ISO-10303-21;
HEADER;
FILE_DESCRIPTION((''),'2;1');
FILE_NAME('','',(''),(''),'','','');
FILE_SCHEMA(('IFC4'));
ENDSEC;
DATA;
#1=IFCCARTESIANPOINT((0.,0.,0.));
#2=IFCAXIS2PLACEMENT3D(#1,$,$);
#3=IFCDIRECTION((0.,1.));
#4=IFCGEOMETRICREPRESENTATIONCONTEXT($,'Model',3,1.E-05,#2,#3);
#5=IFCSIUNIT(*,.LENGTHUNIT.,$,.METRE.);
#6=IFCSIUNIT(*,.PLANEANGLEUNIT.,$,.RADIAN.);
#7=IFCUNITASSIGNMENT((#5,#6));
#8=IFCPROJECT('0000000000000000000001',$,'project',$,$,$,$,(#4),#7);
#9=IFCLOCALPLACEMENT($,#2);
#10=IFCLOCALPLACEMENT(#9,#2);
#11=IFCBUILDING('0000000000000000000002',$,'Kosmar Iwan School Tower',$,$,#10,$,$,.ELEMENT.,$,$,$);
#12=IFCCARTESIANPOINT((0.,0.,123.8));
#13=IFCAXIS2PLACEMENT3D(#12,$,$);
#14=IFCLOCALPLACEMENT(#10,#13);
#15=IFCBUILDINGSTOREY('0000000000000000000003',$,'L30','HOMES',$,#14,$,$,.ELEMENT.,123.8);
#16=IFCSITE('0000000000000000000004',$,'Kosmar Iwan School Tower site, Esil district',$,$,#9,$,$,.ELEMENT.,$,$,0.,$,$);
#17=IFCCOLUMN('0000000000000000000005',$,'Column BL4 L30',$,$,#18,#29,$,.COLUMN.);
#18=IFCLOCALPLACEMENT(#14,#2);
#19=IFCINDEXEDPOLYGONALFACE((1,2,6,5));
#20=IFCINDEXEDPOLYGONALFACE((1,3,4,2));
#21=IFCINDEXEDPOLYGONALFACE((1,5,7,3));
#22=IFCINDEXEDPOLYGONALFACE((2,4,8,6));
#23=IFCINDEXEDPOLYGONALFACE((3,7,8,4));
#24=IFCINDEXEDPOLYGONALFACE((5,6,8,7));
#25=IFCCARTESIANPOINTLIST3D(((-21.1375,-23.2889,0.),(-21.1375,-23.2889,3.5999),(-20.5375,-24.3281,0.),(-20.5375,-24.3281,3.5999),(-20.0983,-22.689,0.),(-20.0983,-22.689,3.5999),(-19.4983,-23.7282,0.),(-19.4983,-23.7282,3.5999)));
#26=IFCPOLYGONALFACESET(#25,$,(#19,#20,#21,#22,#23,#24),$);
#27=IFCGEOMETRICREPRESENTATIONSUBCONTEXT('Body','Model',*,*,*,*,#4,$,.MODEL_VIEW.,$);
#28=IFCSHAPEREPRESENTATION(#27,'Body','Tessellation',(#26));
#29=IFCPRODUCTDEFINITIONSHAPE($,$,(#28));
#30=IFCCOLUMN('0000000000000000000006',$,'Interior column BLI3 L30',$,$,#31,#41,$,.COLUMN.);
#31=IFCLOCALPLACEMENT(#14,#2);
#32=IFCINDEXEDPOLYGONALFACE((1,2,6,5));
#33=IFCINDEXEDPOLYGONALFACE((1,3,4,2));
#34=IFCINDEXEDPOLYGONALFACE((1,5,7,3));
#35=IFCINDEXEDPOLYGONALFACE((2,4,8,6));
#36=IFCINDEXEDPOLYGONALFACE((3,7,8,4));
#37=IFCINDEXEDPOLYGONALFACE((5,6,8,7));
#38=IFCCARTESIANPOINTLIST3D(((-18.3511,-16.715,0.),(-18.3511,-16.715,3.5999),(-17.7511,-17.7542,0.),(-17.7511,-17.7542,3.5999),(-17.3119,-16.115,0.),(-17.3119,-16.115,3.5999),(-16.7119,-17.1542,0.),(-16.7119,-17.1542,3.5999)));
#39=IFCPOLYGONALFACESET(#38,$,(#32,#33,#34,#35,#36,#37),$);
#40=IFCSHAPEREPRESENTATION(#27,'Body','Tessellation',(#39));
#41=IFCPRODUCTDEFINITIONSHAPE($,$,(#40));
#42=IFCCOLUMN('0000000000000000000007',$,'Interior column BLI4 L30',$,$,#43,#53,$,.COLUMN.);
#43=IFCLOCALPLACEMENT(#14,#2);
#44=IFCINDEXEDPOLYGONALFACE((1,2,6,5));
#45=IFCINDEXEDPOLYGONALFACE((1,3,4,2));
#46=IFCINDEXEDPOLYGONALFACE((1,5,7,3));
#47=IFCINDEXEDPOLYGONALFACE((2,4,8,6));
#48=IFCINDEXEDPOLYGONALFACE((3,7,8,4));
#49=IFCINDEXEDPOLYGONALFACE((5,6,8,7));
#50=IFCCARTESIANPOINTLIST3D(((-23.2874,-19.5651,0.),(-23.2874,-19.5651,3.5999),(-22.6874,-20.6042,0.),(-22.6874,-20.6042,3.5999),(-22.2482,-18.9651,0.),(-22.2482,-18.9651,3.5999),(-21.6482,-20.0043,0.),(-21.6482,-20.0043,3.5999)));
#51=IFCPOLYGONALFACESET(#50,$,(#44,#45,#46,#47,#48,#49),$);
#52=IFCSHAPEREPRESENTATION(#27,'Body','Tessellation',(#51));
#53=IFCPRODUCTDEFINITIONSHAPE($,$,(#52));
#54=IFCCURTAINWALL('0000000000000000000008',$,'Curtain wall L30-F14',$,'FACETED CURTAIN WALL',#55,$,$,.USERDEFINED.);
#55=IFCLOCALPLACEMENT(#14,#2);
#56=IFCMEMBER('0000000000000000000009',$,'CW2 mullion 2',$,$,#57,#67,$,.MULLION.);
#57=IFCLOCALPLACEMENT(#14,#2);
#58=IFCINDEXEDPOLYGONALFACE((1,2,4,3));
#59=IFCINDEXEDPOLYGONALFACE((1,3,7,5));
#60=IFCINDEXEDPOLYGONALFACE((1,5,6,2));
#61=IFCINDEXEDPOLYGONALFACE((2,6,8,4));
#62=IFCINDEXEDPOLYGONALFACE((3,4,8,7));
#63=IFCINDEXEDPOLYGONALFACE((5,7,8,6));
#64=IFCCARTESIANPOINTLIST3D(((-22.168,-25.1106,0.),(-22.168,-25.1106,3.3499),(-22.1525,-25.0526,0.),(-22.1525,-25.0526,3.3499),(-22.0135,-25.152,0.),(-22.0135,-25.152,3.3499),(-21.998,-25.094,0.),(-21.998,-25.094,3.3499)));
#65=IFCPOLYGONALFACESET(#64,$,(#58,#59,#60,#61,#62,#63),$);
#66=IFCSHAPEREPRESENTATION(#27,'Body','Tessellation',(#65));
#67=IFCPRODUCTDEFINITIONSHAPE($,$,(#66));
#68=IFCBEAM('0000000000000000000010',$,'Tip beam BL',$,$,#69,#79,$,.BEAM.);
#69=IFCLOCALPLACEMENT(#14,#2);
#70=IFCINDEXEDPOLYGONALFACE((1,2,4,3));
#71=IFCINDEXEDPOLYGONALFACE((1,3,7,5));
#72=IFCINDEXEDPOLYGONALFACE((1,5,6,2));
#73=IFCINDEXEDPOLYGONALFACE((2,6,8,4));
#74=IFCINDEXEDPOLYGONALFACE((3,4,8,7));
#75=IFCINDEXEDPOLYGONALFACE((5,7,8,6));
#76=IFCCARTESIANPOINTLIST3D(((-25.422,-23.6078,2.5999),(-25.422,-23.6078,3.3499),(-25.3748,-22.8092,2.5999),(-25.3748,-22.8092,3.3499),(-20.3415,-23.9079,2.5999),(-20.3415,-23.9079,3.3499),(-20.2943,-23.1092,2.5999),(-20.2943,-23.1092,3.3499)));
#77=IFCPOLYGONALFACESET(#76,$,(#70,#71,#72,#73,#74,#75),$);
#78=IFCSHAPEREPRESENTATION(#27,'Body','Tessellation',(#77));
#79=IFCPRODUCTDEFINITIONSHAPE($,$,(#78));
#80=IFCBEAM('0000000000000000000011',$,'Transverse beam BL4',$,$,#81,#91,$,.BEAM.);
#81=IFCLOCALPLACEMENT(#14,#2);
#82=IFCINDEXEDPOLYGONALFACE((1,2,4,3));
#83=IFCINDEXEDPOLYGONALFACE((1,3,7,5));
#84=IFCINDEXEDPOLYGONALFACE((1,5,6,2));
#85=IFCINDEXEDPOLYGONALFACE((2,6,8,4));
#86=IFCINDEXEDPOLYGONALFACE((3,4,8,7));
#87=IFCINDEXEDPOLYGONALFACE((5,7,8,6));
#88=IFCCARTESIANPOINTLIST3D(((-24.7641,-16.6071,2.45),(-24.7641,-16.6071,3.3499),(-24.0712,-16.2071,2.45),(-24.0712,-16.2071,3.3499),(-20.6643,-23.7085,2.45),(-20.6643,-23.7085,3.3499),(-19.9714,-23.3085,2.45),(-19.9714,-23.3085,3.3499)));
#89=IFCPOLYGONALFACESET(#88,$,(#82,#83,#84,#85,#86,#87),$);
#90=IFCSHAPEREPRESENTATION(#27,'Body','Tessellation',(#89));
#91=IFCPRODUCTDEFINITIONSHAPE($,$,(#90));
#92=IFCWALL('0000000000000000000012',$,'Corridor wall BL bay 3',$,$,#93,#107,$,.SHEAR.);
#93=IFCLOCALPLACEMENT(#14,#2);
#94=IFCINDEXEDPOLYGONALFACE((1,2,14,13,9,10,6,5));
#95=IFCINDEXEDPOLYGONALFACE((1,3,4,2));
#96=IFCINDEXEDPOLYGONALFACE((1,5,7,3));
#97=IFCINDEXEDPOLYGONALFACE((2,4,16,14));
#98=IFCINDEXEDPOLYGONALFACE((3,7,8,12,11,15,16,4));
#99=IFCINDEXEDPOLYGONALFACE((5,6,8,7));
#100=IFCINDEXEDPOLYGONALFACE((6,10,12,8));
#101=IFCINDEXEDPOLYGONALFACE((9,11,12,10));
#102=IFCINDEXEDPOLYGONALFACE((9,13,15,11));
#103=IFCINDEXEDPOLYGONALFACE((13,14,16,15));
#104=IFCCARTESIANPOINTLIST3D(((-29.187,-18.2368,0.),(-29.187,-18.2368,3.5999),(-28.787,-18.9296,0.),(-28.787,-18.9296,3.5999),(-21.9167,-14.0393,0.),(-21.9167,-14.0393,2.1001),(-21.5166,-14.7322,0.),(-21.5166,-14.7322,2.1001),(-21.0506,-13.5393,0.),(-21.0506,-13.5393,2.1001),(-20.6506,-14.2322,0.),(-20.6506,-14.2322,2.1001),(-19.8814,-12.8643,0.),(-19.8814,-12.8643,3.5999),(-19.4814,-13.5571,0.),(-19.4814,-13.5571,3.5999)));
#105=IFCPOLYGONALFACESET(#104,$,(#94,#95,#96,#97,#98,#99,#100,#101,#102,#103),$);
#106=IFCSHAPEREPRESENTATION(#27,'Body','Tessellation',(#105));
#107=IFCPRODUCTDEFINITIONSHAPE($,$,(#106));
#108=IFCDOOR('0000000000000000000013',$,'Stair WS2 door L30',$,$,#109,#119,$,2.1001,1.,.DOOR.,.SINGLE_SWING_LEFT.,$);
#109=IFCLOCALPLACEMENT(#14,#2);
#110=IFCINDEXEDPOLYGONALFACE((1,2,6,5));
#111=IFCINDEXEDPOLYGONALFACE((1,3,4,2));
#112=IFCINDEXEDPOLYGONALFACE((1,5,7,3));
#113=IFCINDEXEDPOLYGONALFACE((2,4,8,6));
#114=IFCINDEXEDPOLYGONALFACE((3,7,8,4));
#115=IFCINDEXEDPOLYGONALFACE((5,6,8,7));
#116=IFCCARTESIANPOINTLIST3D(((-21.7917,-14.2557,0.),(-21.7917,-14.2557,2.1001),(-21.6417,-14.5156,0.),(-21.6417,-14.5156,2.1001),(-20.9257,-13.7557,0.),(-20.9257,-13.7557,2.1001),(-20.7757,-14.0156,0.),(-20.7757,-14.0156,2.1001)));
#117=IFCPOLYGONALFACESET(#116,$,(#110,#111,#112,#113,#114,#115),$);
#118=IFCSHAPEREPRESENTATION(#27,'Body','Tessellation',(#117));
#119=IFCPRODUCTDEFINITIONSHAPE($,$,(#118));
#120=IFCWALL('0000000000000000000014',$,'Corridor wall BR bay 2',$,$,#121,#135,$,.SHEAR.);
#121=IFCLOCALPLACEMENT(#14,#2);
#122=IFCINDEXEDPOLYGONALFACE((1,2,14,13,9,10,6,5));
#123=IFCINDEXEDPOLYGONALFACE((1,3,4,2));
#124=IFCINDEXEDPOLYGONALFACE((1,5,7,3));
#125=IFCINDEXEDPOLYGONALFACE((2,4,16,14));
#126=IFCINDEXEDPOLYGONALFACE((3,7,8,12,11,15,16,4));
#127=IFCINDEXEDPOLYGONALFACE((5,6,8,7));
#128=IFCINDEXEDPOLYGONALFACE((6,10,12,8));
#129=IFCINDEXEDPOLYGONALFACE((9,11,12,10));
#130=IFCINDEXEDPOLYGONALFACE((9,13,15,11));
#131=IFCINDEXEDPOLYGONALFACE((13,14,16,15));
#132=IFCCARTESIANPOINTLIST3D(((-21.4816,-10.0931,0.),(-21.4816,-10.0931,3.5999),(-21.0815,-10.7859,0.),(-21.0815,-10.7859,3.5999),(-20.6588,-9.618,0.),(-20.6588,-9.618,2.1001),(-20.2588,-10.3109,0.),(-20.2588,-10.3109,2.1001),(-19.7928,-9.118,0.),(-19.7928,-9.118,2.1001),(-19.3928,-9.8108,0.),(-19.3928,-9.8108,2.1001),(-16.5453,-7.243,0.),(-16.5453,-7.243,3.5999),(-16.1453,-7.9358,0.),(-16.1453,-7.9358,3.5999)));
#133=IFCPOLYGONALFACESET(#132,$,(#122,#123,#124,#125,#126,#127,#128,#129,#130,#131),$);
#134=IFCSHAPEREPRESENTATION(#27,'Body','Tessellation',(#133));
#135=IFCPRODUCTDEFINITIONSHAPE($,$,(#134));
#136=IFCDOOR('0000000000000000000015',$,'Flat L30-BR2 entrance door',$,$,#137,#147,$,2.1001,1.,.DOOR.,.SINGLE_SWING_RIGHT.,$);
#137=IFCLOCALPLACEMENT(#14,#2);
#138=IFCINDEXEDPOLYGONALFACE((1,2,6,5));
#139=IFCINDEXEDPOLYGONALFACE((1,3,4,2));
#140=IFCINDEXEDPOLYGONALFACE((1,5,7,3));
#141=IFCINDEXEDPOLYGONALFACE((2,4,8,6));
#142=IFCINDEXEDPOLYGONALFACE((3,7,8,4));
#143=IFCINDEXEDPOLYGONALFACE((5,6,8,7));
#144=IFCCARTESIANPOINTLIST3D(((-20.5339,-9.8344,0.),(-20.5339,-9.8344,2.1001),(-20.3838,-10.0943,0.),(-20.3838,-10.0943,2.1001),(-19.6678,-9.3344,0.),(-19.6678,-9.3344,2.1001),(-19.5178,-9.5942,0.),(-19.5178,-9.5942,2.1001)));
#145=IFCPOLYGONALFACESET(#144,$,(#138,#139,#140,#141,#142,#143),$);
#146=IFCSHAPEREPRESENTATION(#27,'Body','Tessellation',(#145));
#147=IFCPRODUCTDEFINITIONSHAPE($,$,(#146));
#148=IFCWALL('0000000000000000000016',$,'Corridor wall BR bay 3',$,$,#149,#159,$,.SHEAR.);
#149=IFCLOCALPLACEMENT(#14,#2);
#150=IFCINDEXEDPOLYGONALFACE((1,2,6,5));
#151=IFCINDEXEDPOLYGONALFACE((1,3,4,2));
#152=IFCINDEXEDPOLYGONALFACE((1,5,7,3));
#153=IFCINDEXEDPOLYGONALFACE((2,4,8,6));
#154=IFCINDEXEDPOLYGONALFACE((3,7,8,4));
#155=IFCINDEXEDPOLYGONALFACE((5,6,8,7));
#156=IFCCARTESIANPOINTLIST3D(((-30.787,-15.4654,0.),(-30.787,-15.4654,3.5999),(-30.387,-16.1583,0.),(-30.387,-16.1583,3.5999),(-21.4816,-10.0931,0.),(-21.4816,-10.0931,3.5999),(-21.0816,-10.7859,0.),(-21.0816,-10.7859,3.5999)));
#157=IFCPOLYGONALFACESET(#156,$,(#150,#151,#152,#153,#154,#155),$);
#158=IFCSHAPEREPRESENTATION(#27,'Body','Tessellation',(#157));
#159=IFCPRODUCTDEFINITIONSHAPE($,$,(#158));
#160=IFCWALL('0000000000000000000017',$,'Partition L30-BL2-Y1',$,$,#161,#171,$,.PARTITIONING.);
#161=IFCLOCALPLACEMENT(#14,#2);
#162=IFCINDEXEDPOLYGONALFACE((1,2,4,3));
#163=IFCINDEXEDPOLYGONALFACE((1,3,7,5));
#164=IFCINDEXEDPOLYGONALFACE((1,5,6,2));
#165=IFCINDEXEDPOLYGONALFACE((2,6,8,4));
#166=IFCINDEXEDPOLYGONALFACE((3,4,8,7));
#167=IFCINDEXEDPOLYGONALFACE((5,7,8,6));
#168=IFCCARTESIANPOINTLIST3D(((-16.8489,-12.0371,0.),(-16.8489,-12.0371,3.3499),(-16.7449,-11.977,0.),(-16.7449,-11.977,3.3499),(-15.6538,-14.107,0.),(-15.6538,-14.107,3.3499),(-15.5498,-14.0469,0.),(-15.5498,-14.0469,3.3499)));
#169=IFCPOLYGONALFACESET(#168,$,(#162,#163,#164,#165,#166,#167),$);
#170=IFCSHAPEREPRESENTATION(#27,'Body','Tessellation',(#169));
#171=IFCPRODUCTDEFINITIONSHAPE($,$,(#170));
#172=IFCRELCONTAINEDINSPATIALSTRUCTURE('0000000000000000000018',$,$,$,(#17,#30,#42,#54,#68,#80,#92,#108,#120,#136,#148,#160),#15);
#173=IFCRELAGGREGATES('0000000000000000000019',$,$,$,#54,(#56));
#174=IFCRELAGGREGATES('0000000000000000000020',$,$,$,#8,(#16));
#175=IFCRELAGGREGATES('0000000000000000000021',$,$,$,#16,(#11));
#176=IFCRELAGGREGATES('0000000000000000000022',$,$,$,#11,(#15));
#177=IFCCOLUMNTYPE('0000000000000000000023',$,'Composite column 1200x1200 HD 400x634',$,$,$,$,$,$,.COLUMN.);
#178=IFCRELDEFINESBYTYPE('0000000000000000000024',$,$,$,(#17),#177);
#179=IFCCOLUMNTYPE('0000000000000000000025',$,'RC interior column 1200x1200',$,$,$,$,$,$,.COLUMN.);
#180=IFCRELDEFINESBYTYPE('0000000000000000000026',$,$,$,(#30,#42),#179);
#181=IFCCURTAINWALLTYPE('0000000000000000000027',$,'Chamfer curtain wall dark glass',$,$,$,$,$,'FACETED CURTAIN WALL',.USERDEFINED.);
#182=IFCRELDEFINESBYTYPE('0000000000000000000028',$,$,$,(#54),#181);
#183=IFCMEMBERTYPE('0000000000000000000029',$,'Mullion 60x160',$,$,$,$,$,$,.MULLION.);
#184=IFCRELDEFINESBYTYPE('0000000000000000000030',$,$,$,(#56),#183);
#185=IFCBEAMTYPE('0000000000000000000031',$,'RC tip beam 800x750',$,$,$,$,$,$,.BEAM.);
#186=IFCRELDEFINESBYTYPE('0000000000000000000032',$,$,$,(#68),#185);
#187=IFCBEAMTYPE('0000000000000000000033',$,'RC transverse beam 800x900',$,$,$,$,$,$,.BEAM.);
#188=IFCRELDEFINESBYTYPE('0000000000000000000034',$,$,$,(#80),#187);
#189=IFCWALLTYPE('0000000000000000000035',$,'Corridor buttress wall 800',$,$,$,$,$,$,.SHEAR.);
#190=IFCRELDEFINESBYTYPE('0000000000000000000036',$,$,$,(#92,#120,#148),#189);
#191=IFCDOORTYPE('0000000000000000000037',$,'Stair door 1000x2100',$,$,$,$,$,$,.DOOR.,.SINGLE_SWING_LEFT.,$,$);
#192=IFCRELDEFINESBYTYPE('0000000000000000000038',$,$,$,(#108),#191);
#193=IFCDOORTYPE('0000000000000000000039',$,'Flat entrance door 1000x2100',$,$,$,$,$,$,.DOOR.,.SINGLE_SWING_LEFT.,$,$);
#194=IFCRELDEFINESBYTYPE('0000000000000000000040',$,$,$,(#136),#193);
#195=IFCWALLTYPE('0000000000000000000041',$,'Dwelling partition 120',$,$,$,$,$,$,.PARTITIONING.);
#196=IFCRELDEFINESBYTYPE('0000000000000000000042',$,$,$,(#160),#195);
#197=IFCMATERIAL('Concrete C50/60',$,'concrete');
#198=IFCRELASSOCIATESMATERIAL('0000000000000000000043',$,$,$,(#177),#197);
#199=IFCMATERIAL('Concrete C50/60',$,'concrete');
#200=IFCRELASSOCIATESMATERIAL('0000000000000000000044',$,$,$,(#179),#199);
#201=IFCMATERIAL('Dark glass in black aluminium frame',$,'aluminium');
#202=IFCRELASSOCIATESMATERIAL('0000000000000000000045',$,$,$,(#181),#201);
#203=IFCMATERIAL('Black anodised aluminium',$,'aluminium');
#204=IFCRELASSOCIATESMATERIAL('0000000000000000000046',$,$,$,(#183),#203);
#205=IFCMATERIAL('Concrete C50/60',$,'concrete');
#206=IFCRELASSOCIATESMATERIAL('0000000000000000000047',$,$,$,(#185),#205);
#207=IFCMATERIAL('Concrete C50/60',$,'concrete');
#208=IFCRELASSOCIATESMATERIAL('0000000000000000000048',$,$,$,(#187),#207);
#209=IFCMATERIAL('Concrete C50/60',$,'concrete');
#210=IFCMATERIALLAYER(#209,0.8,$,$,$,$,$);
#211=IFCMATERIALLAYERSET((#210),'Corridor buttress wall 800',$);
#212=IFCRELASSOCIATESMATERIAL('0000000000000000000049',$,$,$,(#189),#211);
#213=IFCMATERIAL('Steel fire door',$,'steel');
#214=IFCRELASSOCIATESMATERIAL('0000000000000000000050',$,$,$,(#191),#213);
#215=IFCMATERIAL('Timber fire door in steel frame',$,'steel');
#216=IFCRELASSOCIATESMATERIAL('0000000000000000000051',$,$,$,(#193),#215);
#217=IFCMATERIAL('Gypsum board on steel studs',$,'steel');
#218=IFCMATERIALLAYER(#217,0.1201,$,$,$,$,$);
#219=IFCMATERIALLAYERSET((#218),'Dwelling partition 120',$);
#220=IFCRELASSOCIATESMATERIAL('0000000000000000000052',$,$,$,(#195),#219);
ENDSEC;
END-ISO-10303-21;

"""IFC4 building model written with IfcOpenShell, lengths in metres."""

from ifc_helpers import new_model, si_unit, direction, frame, frame_2d, origin, origin_2d, place, context, subcontext, project, spatial, rectangle, extrude, material, layer, layer_set, material_profile, profile_set, type_object, element, fill, aggregate, save


model = new_model("IFC4")

# Units and contexts
model_context = context("Model", 3, precision=1e-05, world=origin(), true_north=direction((0.0, 1.0)))
body_context = subcontext(model_context, "Body", "Model", "MODEL_VIEW")
ifc_project = project(units=[si_unit("LENGTHUNIT", "METRE"), si_unit("PLANEANGLEUNIT", "RADIAN")], contexts=[model_context])

# Site, building, storey
site_placement = place(None, origin())
site = spatial("IfcSite", under=ifc_project, at=site_placement, Name="Kosmar Iwan School Tower site, Esil district", CompositionType="ELEMENT", RefElevation=0.0)
building_placement = place(site_placement, origin())
building = spatial("IfcBuilding", under=site, at=building_placement, Name="Kosmar Iwan School Tower", CompositionType="ELEMENT")
storey_placement = place(building_placement, frame((0.0, 0.0, 123.8)))
storey = spatial("IfcBuildingStorey", under=building, at=storey_placement, Name="L30", Description="HOMES", CompositionType="ELEMENT", Elevation=123.8)

# Columns
ifc_material_1 = material(Name="Concrete C50/60", Category="concrete")
ifc_material_profile_1 = material_profile(ifc_material_1, rectangle(XDim=1.2, YDim=1.2, at=origin_2d()), Name="RC 1200x1200 + HD 400x634")
ifc_profile_set_1 = profile_set([ifc_material_profile_1], Name="Concrete C50/60")
column_type_1 = type_object("IfcColumnType", Name="Composite column 1200x1200 HD 400x634", PredefinedType="COLUMN", material=ifc_profile_set_1)
column_placement = place(storey_placement, frame((-20.3179, -23.5085, 0.0), z_axis=(0.0, 0.0, 1.0), x_axis=(-0.866025, -0.5, 0.0)))
element("IfcColumn", 1, at=column_placement, inside=storey, type_object=column_type_1, Name="Column BL4 L30", PredefinedType="COLUMN", context=body_context, shape_type="SweptSolid", body=[
    extrude(rectangle(XDim=1.2, YDim=1.2, at=origin_2d()), origin(), (0.0, 0.0, 1.0), 3.5999),
])
ifc_material_2 = material(Name="Concrete C50/60", Category="concrete")
ifc_material_profile_2 = material_profile(ifc_material_2, rectangle(XDim=1.2, YDim=1.2, at=origin_2d()), Name="RC 1200x1200")
ifc_profile_set_2 = profile_set([ifc_material_profile_2], Name="Concrete C50/60")
column_type_2 = type_object("IfcColumnType", Name="RC interior column 1200x1200", PredefinedType="COLUMN", material=ifc_profile_set_2)
for number, where, z_axis, x_axis, name in (
    (2, (-17.5315, -16.9346, 0.0), (0.0, 0.0, 1.0), (-0.866025, -0.5, 0.0), "Interior column BLI3 L30"),
    (3, (-22.4678, -19.7847, 0.0), (0.0, 0.0, 1.0), (-0.866025, -0.5, 0.0), "Interior column BLI4 L30"),
):
    element("IfcColumn", number, at=place(storey_placement, frame(where, z_axis=z_axis, x_axis=x_axis)), inside=storey, type_object=column_type_2, Name=name, PredefinedType="COLUMN", context=body_context, shape_type="SweptSolid", body=[
        extrude(rectangle(XDim=1.2, YDim=1.2, at=origin_2d()), origin(), (0.0, 0.0, 1.0), 3.5999),
    ])

# Curtain wall, member
ifc_material_3 = material(Name="Dark glass in black aluminium frame", Category="aluminium")
curtain_wall_type = type_object("IfcCurtainWallType", Name="Chamfer curtain wall dark glass", ElementType="FACETED CURTAIN WALL", PredefinedType="USERDEFINED", material=ifc_material_3)
curtain_wall_placement = place(storey_placement, origin())
curtain_wall = element("IfcCurtainWall", 4, at=curtain_wall_placement, inside=storey, type_object=curtain_wall_type, Name="Curtain wall L30-F14", ObjectType="FACETED CURTAIN WALL", PredefinedType="USERDEFINED")
ifc_material_4 = material(Name="Black anodised aluminium", Category="aluminium")
ifc_material_profile_3 = material_profile(ifc_material_4, rectangle(XDim=0.0601, YDim=0.1599, at=origin_2d()), Name="MULLION 60x160")
ifc_profile_set_3 = profile_set([ifc_material_profile_3], Name="Black anodised aluminium")
member_type = type_object("IfcMemberType", Name="Mullion 60x160", PredefinedType="MULLION", material=ifc_profile_set_3)
member_placement = place(storey_placement, frame((-22.083, -25.1023, 0.0), z_axis=(0.0, 0.0, 1.0), x_axis=(0.258819, 0.965926, 0.0)))
member = element("IfcMember", 5, at=member_placement, type_object=member_type, Name="CW2 mullion 2", PredefinedType="MULLION", context=body_context, shape_type="SweptSolid", body=[
    extrude(rectangle(XDim=0.0601, YDim=0.1599, at=origin_2d()), origin(), (0.0, 0.0, 1.0), 3.3499),
])
aggregate(curtain_wall, [member])

# Beams
ifc_material_5 = material(Name="Concrete C50/60", Category="concrete")
ifc_material_profile_4 = material_profile(ifc_material_5, rectangle(XDim=0.8, YDim=0.75, at=origin_2d()), Name="RC 800x750")
ifc_profile_set_4 = profile_set([ifc_material_profile_4], Name="Concrete C50/60")
beam_type_1 = type_object("IfcBeamType", Name="RC tip beam 800x750", PredefinedType="BEAM", material=ifc_profile_set_4)
beam_1_placement = place(storey_placement, frame((-20.3179, -23.5085, 2.9749), z_axis=(-0.998261, 0.058955, 0.0), x_axis=(-0.058955, -0.998261, 0.0)))
element("IfcBeam", 6, at=beam_1_placement, inside=storey, type_object=beam_type_1, Name="Tip beam BL", PredefinedType="BEAM", context=body_context, shape_type="SweptSolid", body=[
    extrude(rectangle(XDim=0.8, YDim=0.75, at=origin_2d()), origin(), (0.0, 0.0, 1.0), 5.0894),
])
ifc_material_6 = material(Name="Concrete C50/60", Category="concrete")
ifc_material_profile_5 = material_profile(ifc_material_6, rectangle(XDim=0.8, YDim=0.8999, at=origin_2d()), Name="RC 800x900")
ifc_profile_set_5 = profile_set([ifc_material_profile_5], Name="Concrete C50/60")
beam_type_2 = type_object("IfcBeamType", Name="RC transverse beam 800x900", PredefinedType="BEAM", material=ifc_profile_set_5)
beam_2_placement = place(storey_placement, frame((-20.3179, -23.5085, 2.8999), z_axis=(-0.499978, 0.866038, 0.0), x_axis=(-0.866038, -0.499978, 0.0)))
element("IfcBeam", 7, at=beam_2_placement, inside=storey, type_object=beam_type_2, Name="Transverse beam BL4", PredefinedType="BEAM", context=body_context, shape_type="SweptSolid", body=[
    extrude(rectangle(XDim=0.8, YDim=0.8999, at=origin_2d()), origin(), (0.0, 0.0, 1.0), 8.2),
])

# Walls, openings, doors
ifc_material_7 = material(Name="Concrete C50/60", Category="concrete")
ifc_layer_1 = layer(ifc_material_7, 0.8)
ifc_layer_set_1 = layer_set([ifc_layer_1], Name="Corridor buttress wall 800")
wall_type_1 = type_object("IfcWallType", Name="Corridor buttress wall 800", PredefinedType="SHEAR", material=ifc_layer_set_1)
wall_1_placement = place(storey_placement, frame((-19.6814, -13.2107, 0.0), z_axis=(0.0, 0.0, 1.0), x_axis=(-0.866028, -0.499995, 0.0)))
wall_1 = element("IfcWall", 8, at=wall_1_placement, inside=storey, type_object=wall_type_1, Name="Corridor wall BL bay 3", PredefinedType="SHEAR", context=body_context, shape_type="SweptSolid", body=[
    extrude(rectangle(XDim=10.7451, YDim=0.8, at=frame_2d((5.3726, 0.0))), origin(), (0.0, 0.0, 1.0), 3.5999),
])
opening_1_placement = place(wall_1_placement, frame((1.3501, 0.0, 0.0)))
opening_1 = element("IfcOpeningElement", 9, at=opening_1_placement, cuts=wall_1, PredefinedType="OPENING", context=body_context, shape_type="SweptSolid", body=[
    extrude(rectangle(XDim=1.0, YDim=2.1001, at=frame_2d((0.5, 1.05))), frame((0.0, 0.4121, 0.0), z_axis=(0.0, -1.0, 0.0), x_axis=(1.0, 0.0, 0.0)), (0.0, 0.0, 1.0), 0.824),
])
ifc_material_8 = material(Name="Steel fire door", Category="steel")
door_type_1 = type_object("IfcDoorType", Name="Stair door 1000x2100", OperationType="SINGLE_SWING_LEFT", PredefinedType="DOOR", material=ifc_material_8)
door_1_placement = place(opening_1_placement, origin())
door_1 = element("IfcDoor", 10, at=door_1_placement, inside=storey, type_object=door_type_1, Name="Stair WS2 door L30", OperationType="SINGLE_SWING_LEFT", OverallHeight=2.1001, OverallWidth=1.0, PredefinedType="DOOR", context=body_context, shape_type="SweptSolid", body=[
    extrude(rectangle(XDim=1.0, YDim=2.1001, at=frame_2d((0.5, 1.05))), frame((0.0, 0.1499, 0.0), z_axis=(0.0, -1.0, 0.0), x_axis=(1.0, 0.0, 0.0)), (0.0, 0.0, 1.0), 0.3),
])
fill(opening_1, door_1)
wall_2_placement = place(storey_placement, frame((-16.3452, -7.5894, 0.0), z_axis=(0.0, 0.0, 1.0), x_axis=(-0.866015, -0.500018, 0.0)))
wall_2 = element("IfcWall", 11, at=wall_2_placement, inside=storey, type_object=wall_type_1, Name="Corridor wall BR bay 2", PredefinedType="SHEAR", context=body_context, shape_type="SweptSolid", body=[
    extrude(rectangle(XDim=5.7, YDim=0.8, at=frame_2d((2.8501, 0.0))), origin(), (0.0, 0.0, 1.0), 3.5999),
])
opening_2_placement = place(wall_2_placement, frame((3.75, 0.0, 0.0)))
opening_2 = element("IfcOpeningElement", 12, at=opening_2_placement, cuts=wall_2, PredefinedType="OPENING", context=body_context, shape_type="SweptSolid", body=[
    extrude(rectangle(XDim=1.0, YDim=2.1001, at=frame_2d((0.5, 1.05))), frame((0.0, 0.4121, 0.0), z_axis=(0.0, -1.0, 0.0), x_axis=(1.0, 0.0, 0.0)), (0.0, 0.0, 1.0), 0.824),
])
ifc_material_9 = material(Name="Timber fire door in steel frame", Category="steel")
door_type_2 = type_object("IfcDoorType", Name="Flat entrance door 1000x2100", OperationType="SINGLE_SWING_LEFT", PredefinedType="DOOR", material=ifc_material_9)
door_2_placement = place(opening_2_placement, origin())
door_2 = element("IfcDoor", 13, at=door_2_placement, inside=storey, type_object=door_type_2, Name="Flat L30-BR2 entrance door", OperationType="SINGLE_SWING_RIGHT", OverallHeight=2.1001, OverallWidth=1.0, PredefinedType="DOOR", context=body_context, shape_type="SweptSolid", body=[
    extrude(rectangle(XDim=1.0, YDim=2.1001, at=frame_2d((0.5, 1.05))), frame((0.0, 0.1499, 0.0), z_axis=(0.0, -1.0, 0.0), x_axis=(1.0, 0.0, 0.0)), (0.0, 0.0, 1.0), 0.3),
])
fill(opening_2, door_2)

# Walls
wall_3_placement = place(storey_placement, frame((-21.2815, -10.4395, 0.0), z_axis=(0.0, 0.0, 1.0), x_axis=(-0.866032, -0.499988, 0.0)))
element("IfcWall", 14, at=wall_3_placement, inside=storey, type_object=wall_type_1, Name="Corridor wall BR bay 3", PredefinedType="SHEAR", context=body_context, shape_type="SweptSolid", body=[
    extrude(rectangle(XDim=10.7449, YDim=0.8, at=frame_2d((5.3726, 0.0))), origin(), (0.0, 0.0, 1.0), 3.5999),
])
ifc_material_10 = material(Name="Gypsum board on steel studs", Category="steel")
ifc_layer_2 = layer(ifc_material_10, 0.1201)
ifc_layer_set_2 = layer_set([ifc_layer_2], Name="Dwelling partition 120")
wall_type_2 = type_object("IfcWallType", Name="Dwelling partition 120", PredefinedType="PARTITIONING", material=ifc_layer_set_2)
for number, where, z_axis, x_axis, name in (
    (15, (-16.7969, -12.0071, 0.0), (0.0, 0.0, 1.0), (0.500017, -0.866015, 0.0), "Partition L30-BL2-Y1"),
):
    element("IfcWall", number, at=place(storey_placement, frame(where, z_axis=z_axis, x_axis=x_axis)), inside=storey, type_object=wall_type_2, Name=name, PredefinedType="PARTITIONING", context=body_context, shape_type="SweptSolid", body=[
        extrude(rectangle(XDim=2.3901, YDim=0.1201, at=frame_2d((1.1951, 0.0))), origin(), (0.0, 0.0, 1.0), 3.3499),
    ])

save(model, "model.ifc")
